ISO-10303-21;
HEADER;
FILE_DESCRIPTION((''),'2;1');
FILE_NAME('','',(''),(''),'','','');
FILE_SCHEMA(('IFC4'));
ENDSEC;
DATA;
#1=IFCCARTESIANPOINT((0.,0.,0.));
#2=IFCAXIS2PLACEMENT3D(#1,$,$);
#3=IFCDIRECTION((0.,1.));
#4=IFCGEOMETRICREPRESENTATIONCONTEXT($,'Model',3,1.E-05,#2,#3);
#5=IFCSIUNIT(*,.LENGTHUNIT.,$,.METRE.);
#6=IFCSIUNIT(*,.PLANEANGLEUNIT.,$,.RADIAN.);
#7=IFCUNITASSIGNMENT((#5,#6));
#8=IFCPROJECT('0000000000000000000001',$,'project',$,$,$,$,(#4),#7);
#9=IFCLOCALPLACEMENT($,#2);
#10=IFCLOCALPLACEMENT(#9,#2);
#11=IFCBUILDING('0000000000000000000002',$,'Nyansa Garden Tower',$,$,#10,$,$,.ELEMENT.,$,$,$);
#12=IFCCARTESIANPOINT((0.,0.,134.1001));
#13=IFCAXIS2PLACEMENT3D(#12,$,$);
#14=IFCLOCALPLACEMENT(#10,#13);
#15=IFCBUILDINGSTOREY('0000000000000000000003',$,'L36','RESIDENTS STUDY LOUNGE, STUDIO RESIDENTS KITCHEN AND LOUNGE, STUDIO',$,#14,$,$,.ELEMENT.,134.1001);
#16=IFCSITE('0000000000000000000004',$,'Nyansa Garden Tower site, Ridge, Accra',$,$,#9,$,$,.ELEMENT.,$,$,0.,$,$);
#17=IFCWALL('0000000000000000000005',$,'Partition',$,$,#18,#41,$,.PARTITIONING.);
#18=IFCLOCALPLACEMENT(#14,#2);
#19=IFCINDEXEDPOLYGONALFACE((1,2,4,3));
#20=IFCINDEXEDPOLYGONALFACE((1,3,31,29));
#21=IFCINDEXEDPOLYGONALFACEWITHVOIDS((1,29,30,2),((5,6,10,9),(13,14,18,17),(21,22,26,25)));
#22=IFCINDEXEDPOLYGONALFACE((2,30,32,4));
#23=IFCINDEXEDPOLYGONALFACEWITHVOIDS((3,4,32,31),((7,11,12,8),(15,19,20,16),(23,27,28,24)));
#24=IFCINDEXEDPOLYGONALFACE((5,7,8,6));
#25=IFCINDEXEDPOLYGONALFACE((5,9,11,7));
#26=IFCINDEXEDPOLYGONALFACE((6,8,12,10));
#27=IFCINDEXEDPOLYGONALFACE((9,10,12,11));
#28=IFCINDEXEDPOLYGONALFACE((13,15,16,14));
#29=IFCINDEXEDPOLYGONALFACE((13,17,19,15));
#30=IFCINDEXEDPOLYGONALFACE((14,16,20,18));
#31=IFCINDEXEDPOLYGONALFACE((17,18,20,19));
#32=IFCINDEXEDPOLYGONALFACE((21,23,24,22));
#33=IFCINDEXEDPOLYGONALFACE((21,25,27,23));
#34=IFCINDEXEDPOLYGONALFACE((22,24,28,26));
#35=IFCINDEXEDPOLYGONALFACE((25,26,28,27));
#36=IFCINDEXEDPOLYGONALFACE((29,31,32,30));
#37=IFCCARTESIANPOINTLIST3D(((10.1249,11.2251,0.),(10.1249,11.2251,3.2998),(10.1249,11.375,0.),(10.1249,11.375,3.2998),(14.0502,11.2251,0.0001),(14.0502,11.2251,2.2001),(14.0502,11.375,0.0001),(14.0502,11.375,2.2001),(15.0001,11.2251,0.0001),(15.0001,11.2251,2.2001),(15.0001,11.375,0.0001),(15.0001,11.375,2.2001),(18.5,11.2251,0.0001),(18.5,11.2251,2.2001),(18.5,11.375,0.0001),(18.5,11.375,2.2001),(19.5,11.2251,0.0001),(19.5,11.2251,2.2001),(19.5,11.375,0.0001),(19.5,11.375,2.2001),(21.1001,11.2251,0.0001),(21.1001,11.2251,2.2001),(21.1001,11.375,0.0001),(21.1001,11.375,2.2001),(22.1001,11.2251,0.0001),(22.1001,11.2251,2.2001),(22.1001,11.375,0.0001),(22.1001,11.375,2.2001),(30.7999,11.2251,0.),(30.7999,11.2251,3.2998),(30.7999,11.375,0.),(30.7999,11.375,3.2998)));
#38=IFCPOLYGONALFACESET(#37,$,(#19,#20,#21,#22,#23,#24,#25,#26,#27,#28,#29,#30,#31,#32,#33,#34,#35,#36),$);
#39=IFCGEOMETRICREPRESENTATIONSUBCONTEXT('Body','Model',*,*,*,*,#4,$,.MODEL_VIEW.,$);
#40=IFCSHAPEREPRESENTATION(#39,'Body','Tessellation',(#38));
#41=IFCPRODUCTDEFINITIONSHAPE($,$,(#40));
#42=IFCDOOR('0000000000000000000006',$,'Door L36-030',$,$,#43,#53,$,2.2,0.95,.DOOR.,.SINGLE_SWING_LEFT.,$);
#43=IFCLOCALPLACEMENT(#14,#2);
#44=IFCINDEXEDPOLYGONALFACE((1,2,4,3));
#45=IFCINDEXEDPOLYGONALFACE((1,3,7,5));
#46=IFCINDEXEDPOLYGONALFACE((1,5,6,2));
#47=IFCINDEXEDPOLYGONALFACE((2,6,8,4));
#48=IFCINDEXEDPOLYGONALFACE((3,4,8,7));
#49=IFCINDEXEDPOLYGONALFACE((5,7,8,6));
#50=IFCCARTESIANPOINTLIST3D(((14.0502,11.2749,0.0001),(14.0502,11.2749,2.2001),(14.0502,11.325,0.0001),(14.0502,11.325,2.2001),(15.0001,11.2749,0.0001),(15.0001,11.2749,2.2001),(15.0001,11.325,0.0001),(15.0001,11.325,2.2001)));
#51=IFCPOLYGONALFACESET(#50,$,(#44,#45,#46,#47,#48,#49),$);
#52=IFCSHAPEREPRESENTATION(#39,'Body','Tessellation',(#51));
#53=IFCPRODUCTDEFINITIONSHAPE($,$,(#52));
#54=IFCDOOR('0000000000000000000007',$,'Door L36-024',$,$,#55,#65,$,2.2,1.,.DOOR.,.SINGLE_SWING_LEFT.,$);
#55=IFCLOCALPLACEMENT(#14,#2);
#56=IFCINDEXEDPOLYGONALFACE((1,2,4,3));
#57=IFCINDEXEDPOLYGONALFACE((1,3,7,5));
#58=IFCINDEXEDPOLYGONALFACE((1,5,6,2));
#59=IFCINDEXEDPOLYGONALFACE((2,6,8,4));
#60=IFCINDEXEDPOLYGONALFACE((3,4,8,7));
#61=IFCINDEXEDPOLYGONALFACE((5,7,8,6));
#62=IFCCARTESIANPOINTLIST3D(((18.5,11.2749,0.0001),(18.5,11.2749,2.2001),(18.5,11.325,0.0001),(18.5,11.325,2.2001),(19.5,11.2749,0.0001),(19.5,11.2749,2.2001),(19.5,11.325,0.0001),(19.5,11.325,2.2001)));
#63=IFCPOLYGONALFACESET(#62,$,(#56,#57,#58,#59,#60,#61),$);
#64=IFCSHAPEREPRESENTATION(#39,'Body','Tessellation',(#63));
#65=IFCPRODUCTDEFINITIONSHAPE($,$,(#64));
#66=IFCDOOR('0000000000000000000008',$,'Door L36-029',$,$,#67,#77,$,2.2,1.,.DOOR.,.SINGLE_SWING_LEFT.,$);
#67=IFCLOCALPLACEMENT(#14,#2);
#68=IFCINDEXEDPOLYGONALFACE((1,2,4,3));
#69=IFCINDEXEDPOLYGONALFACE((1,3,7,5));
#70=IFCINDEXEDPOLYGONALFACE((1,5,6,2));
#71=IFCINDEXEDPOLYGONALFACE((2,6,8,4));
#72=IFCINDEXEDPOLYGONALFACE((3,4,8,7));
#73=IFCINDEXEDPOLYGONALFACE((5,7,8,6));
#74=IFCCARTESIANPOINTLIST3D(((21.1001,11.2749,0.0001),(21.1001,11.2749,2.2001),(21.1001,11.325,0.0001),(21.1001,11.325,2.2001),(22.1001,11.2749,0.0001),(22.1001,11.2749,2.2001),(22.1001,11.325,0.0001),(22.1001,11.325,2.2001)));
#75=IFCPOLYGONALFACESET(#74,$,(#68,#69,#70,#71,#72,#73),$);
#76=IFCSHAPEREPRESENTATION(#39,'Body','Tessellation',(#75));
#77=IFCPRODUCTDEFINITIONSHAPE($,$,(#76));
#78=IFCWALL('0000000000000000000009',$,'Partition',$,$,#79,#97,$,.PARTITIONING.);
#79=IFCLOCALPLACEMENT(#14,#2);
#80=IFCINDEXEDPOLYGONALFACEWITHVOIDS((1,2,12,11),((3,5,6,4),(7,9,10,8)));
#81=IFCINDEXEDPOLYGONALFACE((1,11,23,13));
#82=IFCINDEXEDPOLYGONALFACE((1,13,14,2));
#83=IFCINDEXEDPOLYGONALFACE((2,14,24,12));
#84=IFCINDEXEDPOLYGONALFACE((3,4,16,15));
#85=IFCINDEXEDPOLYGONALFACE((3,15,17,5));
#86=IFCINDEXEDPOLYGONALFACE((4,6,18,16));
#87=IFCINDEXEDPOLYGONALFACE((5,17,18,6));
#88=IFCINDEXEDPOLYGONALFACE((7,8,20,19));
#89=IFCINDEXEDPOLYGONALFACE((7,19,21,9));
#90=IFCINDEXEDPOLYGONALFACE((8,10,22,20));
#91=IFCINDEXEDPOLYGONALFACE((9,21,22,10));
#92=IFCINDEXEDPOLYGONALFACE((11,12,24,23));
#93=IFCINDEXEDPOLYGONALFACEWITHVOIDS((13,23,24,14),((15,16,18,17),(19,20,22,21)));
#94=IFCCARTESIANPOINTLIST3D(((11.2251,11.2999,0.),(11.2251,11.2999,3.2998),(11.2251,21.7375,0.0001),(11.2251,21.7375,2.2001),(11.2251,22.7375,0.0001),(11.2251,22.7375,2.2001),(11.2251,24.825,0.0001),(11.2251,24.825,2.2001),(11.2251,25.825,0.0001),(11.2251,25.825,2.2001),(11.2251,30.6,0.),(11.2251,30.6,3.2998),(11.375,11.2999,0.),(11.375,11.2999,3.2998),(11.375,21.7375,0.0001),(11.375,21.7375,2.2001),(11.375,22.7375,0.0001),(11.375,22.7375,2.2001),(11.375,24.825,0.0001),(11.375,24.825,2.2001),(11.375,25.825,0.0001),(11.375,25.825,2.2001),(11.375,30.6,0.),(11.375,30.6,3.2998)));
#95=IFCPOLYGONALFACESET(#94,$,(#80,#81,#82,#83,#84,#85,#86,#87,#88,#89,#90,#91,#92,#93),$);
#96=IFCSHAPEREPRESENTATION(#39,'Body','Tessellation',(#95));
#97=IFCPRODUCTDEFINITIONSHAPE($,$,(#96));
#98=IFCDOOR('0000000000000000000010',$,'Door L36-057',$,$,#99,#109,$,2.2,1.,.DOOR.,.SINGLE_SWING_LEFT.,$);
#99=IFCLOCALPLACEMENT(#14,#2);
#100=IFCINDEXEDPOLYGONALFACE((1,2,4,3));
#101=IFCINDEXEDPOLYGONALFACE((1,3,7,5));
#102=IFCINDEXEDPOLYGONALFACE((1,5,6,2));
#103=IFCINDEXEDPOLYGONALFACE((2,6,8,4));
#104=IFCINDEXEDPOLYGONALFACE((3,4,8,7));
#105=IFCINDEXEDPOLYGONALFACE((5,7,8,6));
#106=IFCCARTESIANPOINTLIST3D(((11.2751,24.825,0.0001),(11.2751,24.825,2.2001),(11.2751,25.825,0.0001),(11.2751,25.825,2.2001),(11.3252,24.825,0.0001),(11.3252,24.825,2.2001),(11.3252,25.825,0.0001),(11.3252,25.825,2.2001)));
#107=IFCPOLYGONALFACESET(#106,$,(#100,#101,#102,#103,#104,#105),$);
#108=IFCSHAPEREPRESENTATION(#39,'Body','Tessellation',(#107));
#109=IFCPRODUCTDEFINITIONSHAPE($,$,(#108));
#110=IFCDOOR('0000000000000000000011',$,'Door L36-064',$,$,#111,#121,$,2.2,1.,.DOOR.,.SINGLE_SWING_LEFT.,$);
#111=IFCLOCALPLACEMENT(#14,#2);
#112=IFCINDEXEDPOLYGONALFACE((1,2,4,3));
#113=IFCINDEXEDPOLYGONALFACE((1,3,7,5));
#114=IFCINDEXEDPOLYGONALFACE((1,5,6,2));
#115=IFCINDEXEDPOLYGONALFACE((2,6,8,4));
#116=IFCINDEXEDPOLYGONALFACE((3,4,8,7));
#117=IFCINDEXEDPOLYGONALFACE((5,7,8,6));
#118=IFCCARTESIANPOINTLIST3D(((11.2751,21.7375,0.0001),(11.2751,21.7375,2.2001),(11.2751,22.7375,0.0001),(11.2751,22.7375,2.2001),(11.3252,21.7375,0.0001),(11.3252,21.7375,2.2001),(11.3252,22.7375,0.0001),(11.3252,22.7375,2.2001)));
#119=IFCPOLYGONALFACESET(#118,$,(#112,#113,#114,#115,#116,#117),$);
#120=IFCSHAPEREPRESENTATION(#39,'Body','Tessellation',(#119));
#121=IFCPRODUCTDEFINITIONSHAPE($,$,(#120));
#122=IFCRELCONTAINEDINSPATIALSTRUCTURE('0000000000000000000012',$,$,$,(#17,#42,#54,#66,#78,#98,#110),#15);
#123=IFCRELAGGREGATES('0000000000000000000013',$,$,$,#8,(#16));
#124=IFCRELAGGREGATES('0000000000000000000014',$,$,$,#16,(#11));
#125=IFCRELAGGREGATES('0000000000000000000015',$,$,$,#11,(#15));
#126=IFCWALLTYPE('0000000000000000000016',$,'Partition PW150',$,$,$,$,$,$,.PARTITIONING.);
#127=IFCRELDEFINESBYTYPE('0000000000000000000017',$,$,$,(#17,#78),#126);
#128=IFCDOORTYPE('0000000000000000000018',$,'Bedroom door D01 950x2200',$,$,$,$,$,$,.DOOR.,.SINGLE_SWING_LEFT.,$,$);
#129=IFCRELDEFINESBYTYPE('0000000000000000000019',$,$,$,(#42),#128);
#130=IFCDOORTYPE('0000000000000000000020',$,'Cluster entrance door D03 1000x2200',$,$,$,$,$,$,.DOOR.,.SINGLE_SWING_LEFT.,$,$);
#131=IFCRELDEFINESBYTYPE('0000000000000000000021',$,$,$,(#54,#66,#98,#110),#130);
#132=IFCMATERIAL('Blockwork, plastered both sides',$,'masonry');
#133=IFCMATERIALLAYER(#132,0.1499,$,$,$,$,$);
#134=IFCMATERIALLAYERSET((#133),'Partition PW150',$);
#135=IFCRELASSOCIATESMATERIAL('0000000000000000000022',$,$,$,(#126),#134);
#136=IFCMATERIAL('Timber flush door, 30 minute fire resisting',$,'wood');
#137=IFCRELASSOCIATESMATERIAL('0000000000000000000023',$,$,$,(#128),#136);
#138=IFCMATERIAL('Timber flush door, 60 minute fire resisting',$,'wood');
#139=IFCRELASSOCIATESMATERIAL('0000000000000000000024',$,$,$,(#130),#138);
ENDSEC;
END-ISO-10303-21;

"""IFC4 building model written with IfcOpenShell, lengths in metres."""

from ifc_helpers import new_model, si_unit, direction, frame, frame_2d, origin, place, context, subcontext, project, spatial, rectangle, extrude, material, layer, layer_set, type_object, element, fill, save


model = new_model("IFC4")

# Units and contexts
model_context = context("Model", 3, precision=1e-05, world=origin(), true_north=direction((0.0, 1.0)))
body_context = subcontext(model_context, "Body", "Model", "MODEL_VIEW")
ifc_project = project(units=[si_unit("LENGTHUNIT", "METRE"), si_unit("PLANEANGLEUNIT", "RADIAN")], contexts=[model_context])

# Site, building, storey
site_placement = place(None, origin())
site = spatial("IfcSite", under=ifc_project, at=site_placement, Name="Nyansa Garden Tower site, Ridge, Accra", CompositionType="ELEMENT", RefElevation=0.0)
building_placement = place(site_placement, origin())
building = spatial("IfcBuilding", under=site, at=building_placement, Name="Nyansa Garden Tower", CompositionType="ELEMENT")
storey_placement = place(building_placement, frame((0.0, 0.0, 134.1001)))
storey = spatial("IfcBuildingStorey", under=building, at=storey_placement, Name="L36", Description="RESIDENTS STUDY LOUNGE, STUDIO RESIDENTS KITCHEN AND LOUNGE, STUDIO", CompositionType="ELEMENT", Elevation=134.1001)

# Shared definitions
ifc_material_1 = material(Name="Blockwork, plastered both sides", Category="masonry")
ifc_layer_1 = layer(ifc_material_1, 0.1499)
ifc_layer_set_1 = layer_set([ifc_layer_1], Name="Partition PW150")
wall_type_1 = type_object("IfcWallType", Name="Partition PW150", PredefinedType="PARTITIONING", material=ifc_layer_set_1)

# Walls, openings, doors
wall_1_placement = place(storey_placement, frame((10.125, 11.3, 0.0), z_axis=(0.0, 0.0, 1.0), x_axis=(1.0, 0.0, 0.0)))
wall_1 = element("IfcWall", 1, at=wall_1_placement, inside=storey, type_object=wall_type_1, Name="Partition", PredefinedType="PARTITIONING", context=body_context, shape_type="SweptSolid", body=[
    extrude(rectangle(XDim=20.675, YDim=0.1499, at=frame_2d((10.3374, 0.0))), origin(), (0.0, 0.0, 1.0), 3.2998),
])
opening_1_placement = place(wall_1_placement, frame((8.375, 0.0, 0.0)))
opening_1 = element("IfcOpeningElement", 2, at=opening_1_placement, cuts=wall_1, PredefinedType="OPENING", context=body_context, shape_type="SweptSolid", body=[
    extrude(rectangle(XDim=1.0, YDim=2.2, at=frame_2d((0.5, 1.1001))), frame((0.0, 0.085, 0.0), z_axis=(0.0, -1.0, 0.0), x_axis=(1.0, 0.0, 0.0)), (0.0, 0.0, 1.0), 0.1699),
])
opening_2_placement = place(wall_1_placement, frame((10.9751, 0.0, 0.0)))
opening_2 = element("IfcOpeningElement", 3, at=opening_2_placement, cuts=wall_1, PredefinedType="OPENING", context=body_context, shape_type="SweptSolid", body=[
    extrude(rectangle(XDim=1.0, YDim=2.2, at=frame_2d((0.5, 1.1001))), frame((0.0, 0.085, 0.0), z_axis=(0.0, -1.0, 0.0), x_axis=(1.0, 0.0, 0.0)), (0.0, 0.0, 1.0), 0.1699),
])
opening_3_placement = place(wall_1_placement, frame((3.925, 0.0, 0.0)))
opening_3 = element("IfcOpeningElement", 4, at=opening_3_placement, cuts=wall_1, PredefinedType="OPENING", context=body_context, shape_type="SweptSolid", body=[
    extrude(rectangle(XDim=0.95, YDim=2.2, at=frame_2d((0.4751, 1.1001))), frame((0.0, 0.085, 0.0), z_axis=(0.0, -1.0, 0.0), x_axis=(1.0, 0.0, 0.0)), (0.0, 0.0, 1.0), 0.1699),
])
ifc_material_2 = material(Name="Timber flush door, 30 minute fire resisting", Category="wood")
door_type_1 = type_object("IfcDoorType", Name="Bedroom door D01 950x2200", OperationType="SINGLE_SWING_LEFT", PredefinedType="DOOR", material=ifc_material_2)
door_1_placement = place(opening_3_placement, origin())
door_1 = element("IfcDoor", 5, at=door_1_placement, inside=storey, type_object=door_type_1, Name="Door L36-030", OperationType="SINGLE_SWING_LEFT", OverallHeight=2.2, OverallWidth=0.95, PredefinedType="DOOR", context=body_context, shape_type="SweptSolid", body=[
    extrude(rectangle(XDim=0.95, YDim=2.2, at=frame_2d((0.4751, 1.1001))), frame((0.0, 0.0249, 0.0), z_axis=(0.0, -1.0, 0.0), x_axis=(1.0, 0.0, 0.0)), (0.0, 0.0, 1.0), 0.05),
])
fill(opening_3, door_1)
ifc_material_3 = material(Name="Timber flush door, 60 minute fire resisting", Category="wood")
door_type_2 = type_object("IfcDoorType", Name="Cluster entrance door D03 1000x2200", OperationType="SINGLE_SWING_LEFT", PredefinedType="DOOR", material=ifc_material_3)
door_2_placement = place(opening_1_placement, origin())
door_2 = element("IfcDoor", 6, at=door_2_placement, inside=storey, type_object=door_type_2, Name="Door L36-024", OperationType="SINGLE_SWING_LEFT", OverallHeight=2.2, OverallWidth=1.0, PredefinedType="DOOR", context=body_context, shape_type="SweptSolid", body=[
    extrude(rectangle(XDim=1.0, YDim=2.2, at=frame_2d((0.5, 1.1001))), frame((0.0, 0.0249, 0.0), z_axis=(0.0, -1.0, 0.0), x_axis=(1.0, 0.0, 0.0)), (0.0, 0.0, 1.0), 0.05),
])
fill(opening_1, door_2)
door_3_placement = place(opening_2_placement, origin())
door_3 = element("IfcDoor", 7, at=door_3_placement, inside=storey, type_object=door_type_2, Name="Door L36-029", OperationType="SINGLE_SWING_LEFT", OverallHeight=2.2, OverallWidth=1.0, PredefinedType="DOOR", context=body_context, shape_type="SweptSolid", body=[
    extrude(rectangle(XDim=1.0, YDim=2.2, at=frame_2d((0.5, 1.1001))), frame((0.0, 0.0249, 0.0), z_axis=(0.0, -1.0, 0.0), x_axis=(1.0, 0.0, 0.0)), (0.0, 0.0, 1.0), 0.05),
])
fill(opening_2, door_3)
wall_2_placement = place(storey_placement, frame((11.3, 11.3, 0.0), z_axis=(0.0, 0.0, 1.0), x_axis=(0.0, 1.0, 0.0)))
wall_2 = element("IfcWall", 8, at=wall_2_placement, inside=storey, type_object=wall_type_1, Name="Partition", PredefinedType="PARTITIONING", context=body_context, shape_type="SweptSolid", body=[
    extrude(rectangle(XDim=19.3, YDim=0.1499, at=frame_2d((9.6499, 0.0))), origin(), (0.0, 0.0, 1.0), 3.2998),
])
opening_4_placement = place(wall_2_placement, frame((13.5249, 0.0, 0.0)))
opening_4 = element("IfcOpeningElement", 9, at=opening_4_placement, cuts=wall_2, PredefinedType="OPENING", context=body_context, shape_type="SweptSolid", body=[
    extrude(rectangle(XDim=1.0, YDim=2.2, at=frame_2d((0.5, 1.1001))), frame((0.0, 0.085, 0.0), z_axis=(0.0, -1.0, 0.0), x_axis=(1.0, 0.0, 0.0)), (0.0, 0.0, 1.0), 0.1699),
])
opening_5_placement = place(wall_2_placement, frame((10.4375, 0.0, 0.0)))
opening_5 = element("IfcOpeningElement", 10, at=opening_5_placement, cuts=wall_2, PredefinedType="OPENING", context=body_context, shape_type="SweptSolid", body=[
    extrude(rectangle(XDim=1.0, YDim=2.2, at=frame_2d((0.5, 1.1001))), frame((0.0, 0.085, 0.0), z_axis=(0.0, -1.0, 0.0), x_axis=(1.0, 0.0, 0.0)), (0.0, 0.0, 1.0), 0.1699),
])
door_4_placement = place(opening_4_placement, origin())
door_4 = element("IfcDoor", 11, at=door_4_placement, inside=storey, type_object=door_type_2, Name="Door L36-057", OperationType="SINGLE_SWING_LEFT", OverallHeight=2.2, OverallWidth=1.0, PredefinedType="DOOR", context=body_context, shape_type="SweptSolid", body=[
    extrude(rectangle(XDim=1.0, YDim=2.2, at=frame_2d((0.5, 1.1001))), frame((0.0, 0.0249, 0.0), z_axis=(0.0, -1.0, 0.0), x_axis=(1.0, 0.0, 0.0)), (0.0, 0.0, 1.0), 0.05),
])
fill(opening_4, door_4)
door_5_placement = place(opening_5_placement, origin())
door_5 = element("IfcDoor", 12, at=door_5_placement, inside=storey, type_object=door_type_2, Name="Door L36-064", OperationType="SINGLE_SWING_LEFT", OverallHeight=2.2, OverallWidth=1.0, PredefinedType="DOOR", context=body_context, shape_type="SweptSolid", body=[
    extrude(rectangle(XDim=1.0, YDim=2.2, at=frame_2d((0.5, 1.1001))), frame((0.0, 0.0249, 0.0), z_axis=(0.0, -1.0, 0.0), x_axis=(1.0, 0.0, 0.0)), (0.0, 0.0, 1.0), 0.05),
])
fill(opening_5, door_5)

save(model, "model.ifc")
